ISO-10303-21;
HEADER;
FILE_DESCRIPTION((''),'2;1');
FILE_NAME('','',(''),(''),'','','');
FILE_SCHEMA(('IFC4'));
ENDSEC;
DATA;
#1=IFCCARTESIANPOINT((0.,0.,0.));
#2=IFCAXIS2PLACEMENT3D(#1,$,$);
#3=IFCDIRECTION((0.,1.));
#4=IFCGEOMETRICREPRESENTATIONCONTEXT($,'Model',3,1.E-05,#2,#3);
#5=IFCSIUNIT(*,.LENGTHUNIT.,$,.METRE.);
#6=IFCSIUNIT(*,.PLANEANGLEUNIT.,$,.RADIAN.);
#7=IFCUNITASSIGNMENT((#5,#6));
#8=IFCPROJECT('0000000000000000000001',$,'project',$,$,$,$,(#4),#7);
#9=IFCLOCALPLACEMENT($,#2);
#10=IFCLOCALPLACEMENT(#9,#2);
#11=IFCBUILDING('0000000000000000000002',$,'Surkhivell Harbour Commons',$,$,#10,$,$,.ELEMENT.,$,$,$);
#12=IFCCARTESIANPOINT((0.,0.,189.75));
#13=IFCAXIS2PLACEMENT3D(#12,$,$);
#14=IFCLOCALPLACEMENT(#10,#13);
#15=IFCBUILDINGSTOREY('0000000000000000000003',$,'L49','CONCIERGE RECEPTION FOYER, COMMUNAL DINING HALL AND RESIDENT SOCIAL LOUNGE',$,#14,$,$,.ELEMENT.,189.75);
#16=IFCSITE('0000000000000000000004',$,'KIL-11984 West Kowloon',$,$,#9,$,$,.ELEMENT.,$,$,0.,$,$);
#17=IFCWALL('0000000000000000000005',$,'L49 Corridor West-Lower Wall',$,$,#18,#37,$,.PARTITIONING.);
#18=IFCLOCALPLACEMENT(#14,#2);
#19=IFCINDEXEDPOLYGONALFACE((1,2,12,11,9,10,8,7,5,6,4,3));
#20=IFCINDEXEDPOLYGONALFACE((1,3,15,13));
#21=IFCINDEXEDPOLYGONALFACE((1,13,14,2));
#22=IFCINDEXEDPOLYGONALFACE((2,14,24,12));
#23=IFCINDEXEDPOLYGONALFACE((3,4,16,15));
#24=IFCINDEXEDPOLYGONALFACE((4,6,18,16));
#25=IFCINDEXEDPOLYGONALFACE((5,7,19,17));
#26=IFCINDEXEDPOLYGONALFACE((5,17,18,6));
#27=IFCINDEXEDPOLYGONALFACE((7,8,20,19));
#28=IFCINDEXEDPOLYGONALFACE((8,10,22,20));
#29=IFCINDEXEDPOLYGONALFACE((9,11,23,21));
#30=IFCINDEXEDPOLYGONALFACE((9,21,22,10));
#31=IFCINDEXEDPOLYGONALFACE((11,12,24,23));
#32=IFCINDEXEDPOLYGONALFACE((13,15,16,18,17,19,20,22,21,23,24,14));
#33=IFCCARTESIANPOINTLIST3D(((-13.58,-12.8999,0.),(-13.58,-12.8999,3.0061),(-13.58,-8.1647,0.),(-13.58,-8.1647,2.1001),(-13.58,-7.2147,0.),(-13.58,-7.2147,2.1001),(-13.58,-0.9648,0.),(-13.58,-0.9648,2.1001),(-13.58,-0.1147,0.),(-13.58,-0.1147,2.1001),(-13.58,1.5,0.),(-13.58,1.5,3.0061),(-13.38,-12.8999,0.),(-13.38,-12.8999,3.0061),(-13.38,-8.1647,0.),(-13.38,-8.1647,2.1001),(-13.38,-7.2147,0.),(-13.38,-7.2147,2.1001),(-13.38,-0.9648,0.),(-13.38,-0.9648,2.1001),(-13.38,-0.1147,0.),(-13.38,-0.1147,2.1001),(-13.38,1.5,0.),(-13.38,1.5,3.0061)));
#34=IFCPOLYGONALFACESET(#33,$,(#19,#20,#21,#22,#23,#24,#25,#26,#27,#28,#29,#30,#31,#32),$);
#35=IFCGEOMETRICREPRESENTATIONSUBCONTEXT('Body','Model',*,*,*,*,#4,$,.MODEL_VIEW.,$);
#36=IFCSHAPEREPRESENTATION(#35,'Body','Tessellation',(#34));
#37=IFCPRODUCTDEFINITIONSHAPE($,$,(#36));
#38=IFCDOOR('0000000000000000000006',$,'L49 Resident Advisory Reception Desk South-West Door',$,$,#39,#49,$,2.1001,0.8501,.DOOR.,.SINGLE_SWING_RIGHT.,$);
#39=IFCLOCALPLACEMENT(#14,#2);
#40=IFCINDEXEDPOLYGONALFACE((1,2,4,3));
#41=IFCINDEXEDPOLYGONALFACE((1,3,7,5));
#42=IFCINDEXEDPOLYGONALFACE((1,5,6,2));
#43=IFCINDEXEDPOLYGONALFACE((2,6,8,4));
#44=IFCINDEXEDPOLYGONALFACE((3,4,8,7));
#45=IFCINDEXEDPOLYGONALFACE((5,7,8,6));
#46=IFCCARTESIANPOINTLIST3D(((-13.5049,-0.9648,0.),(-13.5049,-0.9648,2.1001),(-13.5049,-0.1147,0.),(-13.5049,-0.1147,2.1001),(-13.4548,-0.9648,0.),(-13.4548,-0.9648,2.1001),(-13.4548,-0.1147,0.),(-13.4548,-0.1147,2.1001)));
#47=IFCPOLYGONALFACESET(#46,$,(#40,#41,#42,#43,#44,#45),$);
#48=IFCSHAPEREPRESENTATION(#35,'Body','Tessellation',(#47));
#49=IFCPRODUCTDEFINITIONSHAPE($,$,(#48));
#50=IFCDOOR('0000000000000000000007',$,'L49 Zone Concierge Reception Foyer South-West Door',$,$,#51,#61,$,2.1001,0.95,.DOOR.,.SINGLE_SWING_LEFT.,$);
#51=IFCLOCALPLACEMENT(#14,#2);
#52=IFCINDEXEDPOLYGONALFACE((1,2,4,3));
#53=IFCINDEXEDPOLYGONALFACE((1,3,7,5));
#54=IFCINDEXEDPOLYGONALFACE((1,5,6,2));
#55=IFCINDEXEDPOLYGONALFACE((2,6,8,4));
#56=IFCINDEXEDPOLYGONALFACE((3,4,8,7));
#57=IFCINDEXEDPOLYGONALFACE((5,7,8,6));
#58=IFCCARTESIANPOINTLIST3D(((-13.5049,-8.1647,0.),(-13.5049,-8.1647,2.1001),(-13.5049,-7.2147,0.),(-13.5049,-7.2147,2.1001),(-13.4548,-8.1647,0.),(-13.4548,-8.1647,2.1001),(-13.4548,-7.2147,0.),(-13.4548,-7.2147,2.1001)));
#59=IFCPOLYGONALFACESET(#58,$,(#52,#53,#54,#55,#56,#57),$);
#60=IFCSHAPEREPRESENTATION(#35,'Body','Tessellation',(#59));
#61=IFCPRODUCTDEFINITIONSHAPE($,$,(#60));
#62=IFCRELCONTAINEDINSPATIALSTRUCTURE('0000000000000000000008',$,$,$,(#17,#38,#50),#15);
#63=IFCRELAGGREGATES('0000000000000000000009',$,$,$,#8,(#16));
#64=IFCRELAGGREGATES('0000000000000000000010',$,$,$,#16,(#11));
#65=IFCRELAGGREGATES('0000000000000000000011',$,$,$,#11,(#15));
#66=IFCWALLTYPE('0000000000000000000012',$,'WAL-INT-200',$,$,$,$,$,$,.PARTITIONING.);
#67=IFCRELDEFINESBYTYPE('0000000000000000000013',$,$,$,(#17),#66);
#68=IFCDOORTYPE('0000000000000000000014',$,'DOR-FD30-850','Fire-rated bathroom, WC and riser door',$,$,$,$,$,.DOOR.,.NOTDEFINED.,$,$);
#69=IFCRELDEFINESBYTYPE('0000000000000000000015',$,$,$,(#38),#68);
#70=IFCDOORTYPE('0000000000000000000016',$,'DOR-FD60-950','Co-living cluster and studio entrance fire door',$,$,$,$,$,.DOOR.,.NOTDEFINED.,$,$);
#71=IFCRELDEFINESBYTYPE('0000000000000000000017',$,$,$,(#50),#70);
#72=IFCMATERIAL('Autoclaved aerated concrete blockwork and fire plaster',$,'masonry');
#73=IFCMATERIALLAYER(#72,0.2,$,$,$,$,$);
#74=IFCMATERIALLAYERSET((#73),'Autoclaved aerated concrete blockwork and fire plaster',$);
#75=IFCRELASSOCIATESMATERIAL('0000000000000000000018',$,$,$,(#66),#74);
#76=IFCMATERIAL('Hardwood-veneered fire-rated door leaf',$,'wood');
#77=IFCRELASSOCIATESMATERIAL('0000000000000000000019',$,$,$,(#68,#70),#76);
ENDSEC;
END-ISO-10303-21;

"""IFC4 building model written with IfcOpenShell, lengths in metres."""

from ifc_helpers import new_model, si_unit, direction, frame, frame_2d, origin, place, context, subcontext, project, spatial, rectangle, extrude, material, layer, layer_set, type_object, element, fill, save


model = new_model("IFC4")

# Units and contexts
model_context = context("Model", 3, precision=1e-05, world=origin(), true_north=direction((0.0, 1.0)))
body_context = subcontext(model_context, "Body", "Model", "MODEL_VIEW")
ifc_project = project(units=[si_unit("LENGTHUNIT", "METRE"), si_unit("PLANEANGLEUNIT", "RADIAN")], contexts=[model_context])

# Site, building, storey
site_placement = place(None, origin())
site = spatial("IfcSite", under=ifc_project, at=site_placement, Name="KIL-11984 West Kowloon", CompositionType="ELEMENT", RefElevation=0.0)
building_placement = place(site_placement, origin())
building = spatial("IfcBuilding", under=site, at=building_placement, Name="Surkhivell Harbour Commons", CompositionType="ELEMENT")
storey_placement = place(building_placement, frame((0.0, 0.0, 189.75)))
storey = spatial("IfcBuildingStorey", under=building, at=storey_placement, Name="L49", Description="CONCIERGE RECEPTION FOYER, COMMUNAL DINING HALL AND RESIDENT SOCIAL LOUNGE", CompositionType="ELEMENT", Elevation=189.75)

# Wall, openings, doors
ifc_material_1 = material(Name="Autoclaved aerated concrete blockwork and fire plaster", Category="masonry")
ifc_layer_1 = layer(ifc_material_1, 0.2)
ifc_layer_set_1 = layer_set([ifc_layer_1], Name="Autoclaved aerated concrete blockwork and fire plaster")
wall_type_1 = type_object("IfcWallType", Name="WAL-INT-200", PredefinedType="PARTITIONING", material=ifc_layer_set_1)
wall_1_placement = place(storey_placement, frame((-13.48, -12.8999, 0.0), z_axis=(0.0, 0.0, 1.0), x_axis=(0.0, 1.0, 0.0)))
wall_1 = element("IfcWall", 1, at=wall_1_placement, inside=storey, type_object=wall_type_1, Name="L49 Corridor West-Lower Wall", PredefinedType="PARTITIONING", context=body_context, shape_type="SweptSolid", body=[
    extrude(rectangle(XDim=14.3999, YDim=0.2, at=frame_2d((7.2, 0.0))), origin(), (0.0, 0.0, 1.0), 3.0061),
])
opening_1_placement = place(wall_1_placement, frame((4.7351, 0.0, 0.0)))
opening_1 = element("IfcOpeningElement", 2, at=opening_1_placement, cuts=wall_1, PredefinedType="OPENING", context=body_context, shape_type="SweptSolid", body=[
    extrude(rectangle(XDim=0.95, YDim=2.1001, at=frame_2d((0.4751, 1.05))), frame((0.0, 0.1099, 0.0), z_axis=(0.0, -1.0, 0.0), x_axis=(1.0, 0.0, 0.0)), (0.0, 0.0, 1.0), 0.22),
])
opening_2_placement = place(wall_1_placement, frame((11.9351, 0.0, 0.0)))
opening_2 = element("IfcOpeningElement", 3, at=opening_2_placement, cuts=wall_1, PredefinedType="OPENING", context=body_context, shape_type="SweptSolid", body=[
    extrude(rectangle(XDim=0.8501, YDim=2.1001, at=frame_2d((0.425, 1.05))), frame((0.0, 0.1099, 0.0), z_axis=(0.0, -1.0, 0.0), x_axis=(1.0, 0.0, 0.0)), (0.0, 0.0, 1.0), 0.22),
])
ifc_material_2 = material(Name="Hardwood-veneered fire-rated door leaf", Category="wood")
door_type_1 = type_object("IfcDoorType", Name="DOR-FD30-850", Description="Fire-rated bathroom, WC and riser door", OperationType="NOTDEFINED", PredefinedType="DOOR", material=ifc_material_2)
door_1_placement = place(opening_2_placement, origin())
door_1 = element("IfcDoor", 4, at=door_1_placement, inside=storey, type_object=door_type_1, Name="L49 Resident Advisory Reception Desk South-West Door", OperationType="SINGLE_SWING_RIGHT", OverallHeight=2.1001, OverallWidth=0.8501, PredefinedType="DOOR", context=body_context, shape_type="SweptSolid", body=[
    extrude(rectangle(XDim=0.8501, YDim=2.1001, at=frame_2d((0.425, 1.05))), frame((0.0, 0.0249, 0.0), z_axis=(0.0, -1.0, 0.0), x_axis=(1.0, 0.0, 0.0)), (0.0, 0.0, 1.0), 0.05),
])
fill(opening_2, door_1)
door_type_2 = type_object("IfcDoorType", Name="DOR-FD60-950", Description="Co-living cluster and studio entrance fire door", OperationType="NOTDEFINED", PredefinedType="DOOR", material=ifc_material_2)
door_2_placement = place(opening_1_placement, origin())
door_2 = element("IfcDoor", 5, at=door_2_placement, inside=storey, type_object=door_type_2, Name="L49 Zone Concierge Reception Foyer South-West Door", OperationType="SINGLE_SWING_LEFT", OverallHeight=2.1001, OverallWidth=0.95, PredefinedType="DOOR", context=body_context, shape_type="SweptSolid", body=[
    extrude(rectangle(XDim=0.95, YDim=2.1001, at=frame_2d((0.4751, 1.05))), frame((0.0, 0.0249, 0.0), z_axis=(0.0, -1.0, 0.0), x_axis=(1.0, 0.0, 0.0)), (0.0, 0.0, 1.0), 0.05),
])
fill(opening_1, door_2)

save(model, "model.ifc")
